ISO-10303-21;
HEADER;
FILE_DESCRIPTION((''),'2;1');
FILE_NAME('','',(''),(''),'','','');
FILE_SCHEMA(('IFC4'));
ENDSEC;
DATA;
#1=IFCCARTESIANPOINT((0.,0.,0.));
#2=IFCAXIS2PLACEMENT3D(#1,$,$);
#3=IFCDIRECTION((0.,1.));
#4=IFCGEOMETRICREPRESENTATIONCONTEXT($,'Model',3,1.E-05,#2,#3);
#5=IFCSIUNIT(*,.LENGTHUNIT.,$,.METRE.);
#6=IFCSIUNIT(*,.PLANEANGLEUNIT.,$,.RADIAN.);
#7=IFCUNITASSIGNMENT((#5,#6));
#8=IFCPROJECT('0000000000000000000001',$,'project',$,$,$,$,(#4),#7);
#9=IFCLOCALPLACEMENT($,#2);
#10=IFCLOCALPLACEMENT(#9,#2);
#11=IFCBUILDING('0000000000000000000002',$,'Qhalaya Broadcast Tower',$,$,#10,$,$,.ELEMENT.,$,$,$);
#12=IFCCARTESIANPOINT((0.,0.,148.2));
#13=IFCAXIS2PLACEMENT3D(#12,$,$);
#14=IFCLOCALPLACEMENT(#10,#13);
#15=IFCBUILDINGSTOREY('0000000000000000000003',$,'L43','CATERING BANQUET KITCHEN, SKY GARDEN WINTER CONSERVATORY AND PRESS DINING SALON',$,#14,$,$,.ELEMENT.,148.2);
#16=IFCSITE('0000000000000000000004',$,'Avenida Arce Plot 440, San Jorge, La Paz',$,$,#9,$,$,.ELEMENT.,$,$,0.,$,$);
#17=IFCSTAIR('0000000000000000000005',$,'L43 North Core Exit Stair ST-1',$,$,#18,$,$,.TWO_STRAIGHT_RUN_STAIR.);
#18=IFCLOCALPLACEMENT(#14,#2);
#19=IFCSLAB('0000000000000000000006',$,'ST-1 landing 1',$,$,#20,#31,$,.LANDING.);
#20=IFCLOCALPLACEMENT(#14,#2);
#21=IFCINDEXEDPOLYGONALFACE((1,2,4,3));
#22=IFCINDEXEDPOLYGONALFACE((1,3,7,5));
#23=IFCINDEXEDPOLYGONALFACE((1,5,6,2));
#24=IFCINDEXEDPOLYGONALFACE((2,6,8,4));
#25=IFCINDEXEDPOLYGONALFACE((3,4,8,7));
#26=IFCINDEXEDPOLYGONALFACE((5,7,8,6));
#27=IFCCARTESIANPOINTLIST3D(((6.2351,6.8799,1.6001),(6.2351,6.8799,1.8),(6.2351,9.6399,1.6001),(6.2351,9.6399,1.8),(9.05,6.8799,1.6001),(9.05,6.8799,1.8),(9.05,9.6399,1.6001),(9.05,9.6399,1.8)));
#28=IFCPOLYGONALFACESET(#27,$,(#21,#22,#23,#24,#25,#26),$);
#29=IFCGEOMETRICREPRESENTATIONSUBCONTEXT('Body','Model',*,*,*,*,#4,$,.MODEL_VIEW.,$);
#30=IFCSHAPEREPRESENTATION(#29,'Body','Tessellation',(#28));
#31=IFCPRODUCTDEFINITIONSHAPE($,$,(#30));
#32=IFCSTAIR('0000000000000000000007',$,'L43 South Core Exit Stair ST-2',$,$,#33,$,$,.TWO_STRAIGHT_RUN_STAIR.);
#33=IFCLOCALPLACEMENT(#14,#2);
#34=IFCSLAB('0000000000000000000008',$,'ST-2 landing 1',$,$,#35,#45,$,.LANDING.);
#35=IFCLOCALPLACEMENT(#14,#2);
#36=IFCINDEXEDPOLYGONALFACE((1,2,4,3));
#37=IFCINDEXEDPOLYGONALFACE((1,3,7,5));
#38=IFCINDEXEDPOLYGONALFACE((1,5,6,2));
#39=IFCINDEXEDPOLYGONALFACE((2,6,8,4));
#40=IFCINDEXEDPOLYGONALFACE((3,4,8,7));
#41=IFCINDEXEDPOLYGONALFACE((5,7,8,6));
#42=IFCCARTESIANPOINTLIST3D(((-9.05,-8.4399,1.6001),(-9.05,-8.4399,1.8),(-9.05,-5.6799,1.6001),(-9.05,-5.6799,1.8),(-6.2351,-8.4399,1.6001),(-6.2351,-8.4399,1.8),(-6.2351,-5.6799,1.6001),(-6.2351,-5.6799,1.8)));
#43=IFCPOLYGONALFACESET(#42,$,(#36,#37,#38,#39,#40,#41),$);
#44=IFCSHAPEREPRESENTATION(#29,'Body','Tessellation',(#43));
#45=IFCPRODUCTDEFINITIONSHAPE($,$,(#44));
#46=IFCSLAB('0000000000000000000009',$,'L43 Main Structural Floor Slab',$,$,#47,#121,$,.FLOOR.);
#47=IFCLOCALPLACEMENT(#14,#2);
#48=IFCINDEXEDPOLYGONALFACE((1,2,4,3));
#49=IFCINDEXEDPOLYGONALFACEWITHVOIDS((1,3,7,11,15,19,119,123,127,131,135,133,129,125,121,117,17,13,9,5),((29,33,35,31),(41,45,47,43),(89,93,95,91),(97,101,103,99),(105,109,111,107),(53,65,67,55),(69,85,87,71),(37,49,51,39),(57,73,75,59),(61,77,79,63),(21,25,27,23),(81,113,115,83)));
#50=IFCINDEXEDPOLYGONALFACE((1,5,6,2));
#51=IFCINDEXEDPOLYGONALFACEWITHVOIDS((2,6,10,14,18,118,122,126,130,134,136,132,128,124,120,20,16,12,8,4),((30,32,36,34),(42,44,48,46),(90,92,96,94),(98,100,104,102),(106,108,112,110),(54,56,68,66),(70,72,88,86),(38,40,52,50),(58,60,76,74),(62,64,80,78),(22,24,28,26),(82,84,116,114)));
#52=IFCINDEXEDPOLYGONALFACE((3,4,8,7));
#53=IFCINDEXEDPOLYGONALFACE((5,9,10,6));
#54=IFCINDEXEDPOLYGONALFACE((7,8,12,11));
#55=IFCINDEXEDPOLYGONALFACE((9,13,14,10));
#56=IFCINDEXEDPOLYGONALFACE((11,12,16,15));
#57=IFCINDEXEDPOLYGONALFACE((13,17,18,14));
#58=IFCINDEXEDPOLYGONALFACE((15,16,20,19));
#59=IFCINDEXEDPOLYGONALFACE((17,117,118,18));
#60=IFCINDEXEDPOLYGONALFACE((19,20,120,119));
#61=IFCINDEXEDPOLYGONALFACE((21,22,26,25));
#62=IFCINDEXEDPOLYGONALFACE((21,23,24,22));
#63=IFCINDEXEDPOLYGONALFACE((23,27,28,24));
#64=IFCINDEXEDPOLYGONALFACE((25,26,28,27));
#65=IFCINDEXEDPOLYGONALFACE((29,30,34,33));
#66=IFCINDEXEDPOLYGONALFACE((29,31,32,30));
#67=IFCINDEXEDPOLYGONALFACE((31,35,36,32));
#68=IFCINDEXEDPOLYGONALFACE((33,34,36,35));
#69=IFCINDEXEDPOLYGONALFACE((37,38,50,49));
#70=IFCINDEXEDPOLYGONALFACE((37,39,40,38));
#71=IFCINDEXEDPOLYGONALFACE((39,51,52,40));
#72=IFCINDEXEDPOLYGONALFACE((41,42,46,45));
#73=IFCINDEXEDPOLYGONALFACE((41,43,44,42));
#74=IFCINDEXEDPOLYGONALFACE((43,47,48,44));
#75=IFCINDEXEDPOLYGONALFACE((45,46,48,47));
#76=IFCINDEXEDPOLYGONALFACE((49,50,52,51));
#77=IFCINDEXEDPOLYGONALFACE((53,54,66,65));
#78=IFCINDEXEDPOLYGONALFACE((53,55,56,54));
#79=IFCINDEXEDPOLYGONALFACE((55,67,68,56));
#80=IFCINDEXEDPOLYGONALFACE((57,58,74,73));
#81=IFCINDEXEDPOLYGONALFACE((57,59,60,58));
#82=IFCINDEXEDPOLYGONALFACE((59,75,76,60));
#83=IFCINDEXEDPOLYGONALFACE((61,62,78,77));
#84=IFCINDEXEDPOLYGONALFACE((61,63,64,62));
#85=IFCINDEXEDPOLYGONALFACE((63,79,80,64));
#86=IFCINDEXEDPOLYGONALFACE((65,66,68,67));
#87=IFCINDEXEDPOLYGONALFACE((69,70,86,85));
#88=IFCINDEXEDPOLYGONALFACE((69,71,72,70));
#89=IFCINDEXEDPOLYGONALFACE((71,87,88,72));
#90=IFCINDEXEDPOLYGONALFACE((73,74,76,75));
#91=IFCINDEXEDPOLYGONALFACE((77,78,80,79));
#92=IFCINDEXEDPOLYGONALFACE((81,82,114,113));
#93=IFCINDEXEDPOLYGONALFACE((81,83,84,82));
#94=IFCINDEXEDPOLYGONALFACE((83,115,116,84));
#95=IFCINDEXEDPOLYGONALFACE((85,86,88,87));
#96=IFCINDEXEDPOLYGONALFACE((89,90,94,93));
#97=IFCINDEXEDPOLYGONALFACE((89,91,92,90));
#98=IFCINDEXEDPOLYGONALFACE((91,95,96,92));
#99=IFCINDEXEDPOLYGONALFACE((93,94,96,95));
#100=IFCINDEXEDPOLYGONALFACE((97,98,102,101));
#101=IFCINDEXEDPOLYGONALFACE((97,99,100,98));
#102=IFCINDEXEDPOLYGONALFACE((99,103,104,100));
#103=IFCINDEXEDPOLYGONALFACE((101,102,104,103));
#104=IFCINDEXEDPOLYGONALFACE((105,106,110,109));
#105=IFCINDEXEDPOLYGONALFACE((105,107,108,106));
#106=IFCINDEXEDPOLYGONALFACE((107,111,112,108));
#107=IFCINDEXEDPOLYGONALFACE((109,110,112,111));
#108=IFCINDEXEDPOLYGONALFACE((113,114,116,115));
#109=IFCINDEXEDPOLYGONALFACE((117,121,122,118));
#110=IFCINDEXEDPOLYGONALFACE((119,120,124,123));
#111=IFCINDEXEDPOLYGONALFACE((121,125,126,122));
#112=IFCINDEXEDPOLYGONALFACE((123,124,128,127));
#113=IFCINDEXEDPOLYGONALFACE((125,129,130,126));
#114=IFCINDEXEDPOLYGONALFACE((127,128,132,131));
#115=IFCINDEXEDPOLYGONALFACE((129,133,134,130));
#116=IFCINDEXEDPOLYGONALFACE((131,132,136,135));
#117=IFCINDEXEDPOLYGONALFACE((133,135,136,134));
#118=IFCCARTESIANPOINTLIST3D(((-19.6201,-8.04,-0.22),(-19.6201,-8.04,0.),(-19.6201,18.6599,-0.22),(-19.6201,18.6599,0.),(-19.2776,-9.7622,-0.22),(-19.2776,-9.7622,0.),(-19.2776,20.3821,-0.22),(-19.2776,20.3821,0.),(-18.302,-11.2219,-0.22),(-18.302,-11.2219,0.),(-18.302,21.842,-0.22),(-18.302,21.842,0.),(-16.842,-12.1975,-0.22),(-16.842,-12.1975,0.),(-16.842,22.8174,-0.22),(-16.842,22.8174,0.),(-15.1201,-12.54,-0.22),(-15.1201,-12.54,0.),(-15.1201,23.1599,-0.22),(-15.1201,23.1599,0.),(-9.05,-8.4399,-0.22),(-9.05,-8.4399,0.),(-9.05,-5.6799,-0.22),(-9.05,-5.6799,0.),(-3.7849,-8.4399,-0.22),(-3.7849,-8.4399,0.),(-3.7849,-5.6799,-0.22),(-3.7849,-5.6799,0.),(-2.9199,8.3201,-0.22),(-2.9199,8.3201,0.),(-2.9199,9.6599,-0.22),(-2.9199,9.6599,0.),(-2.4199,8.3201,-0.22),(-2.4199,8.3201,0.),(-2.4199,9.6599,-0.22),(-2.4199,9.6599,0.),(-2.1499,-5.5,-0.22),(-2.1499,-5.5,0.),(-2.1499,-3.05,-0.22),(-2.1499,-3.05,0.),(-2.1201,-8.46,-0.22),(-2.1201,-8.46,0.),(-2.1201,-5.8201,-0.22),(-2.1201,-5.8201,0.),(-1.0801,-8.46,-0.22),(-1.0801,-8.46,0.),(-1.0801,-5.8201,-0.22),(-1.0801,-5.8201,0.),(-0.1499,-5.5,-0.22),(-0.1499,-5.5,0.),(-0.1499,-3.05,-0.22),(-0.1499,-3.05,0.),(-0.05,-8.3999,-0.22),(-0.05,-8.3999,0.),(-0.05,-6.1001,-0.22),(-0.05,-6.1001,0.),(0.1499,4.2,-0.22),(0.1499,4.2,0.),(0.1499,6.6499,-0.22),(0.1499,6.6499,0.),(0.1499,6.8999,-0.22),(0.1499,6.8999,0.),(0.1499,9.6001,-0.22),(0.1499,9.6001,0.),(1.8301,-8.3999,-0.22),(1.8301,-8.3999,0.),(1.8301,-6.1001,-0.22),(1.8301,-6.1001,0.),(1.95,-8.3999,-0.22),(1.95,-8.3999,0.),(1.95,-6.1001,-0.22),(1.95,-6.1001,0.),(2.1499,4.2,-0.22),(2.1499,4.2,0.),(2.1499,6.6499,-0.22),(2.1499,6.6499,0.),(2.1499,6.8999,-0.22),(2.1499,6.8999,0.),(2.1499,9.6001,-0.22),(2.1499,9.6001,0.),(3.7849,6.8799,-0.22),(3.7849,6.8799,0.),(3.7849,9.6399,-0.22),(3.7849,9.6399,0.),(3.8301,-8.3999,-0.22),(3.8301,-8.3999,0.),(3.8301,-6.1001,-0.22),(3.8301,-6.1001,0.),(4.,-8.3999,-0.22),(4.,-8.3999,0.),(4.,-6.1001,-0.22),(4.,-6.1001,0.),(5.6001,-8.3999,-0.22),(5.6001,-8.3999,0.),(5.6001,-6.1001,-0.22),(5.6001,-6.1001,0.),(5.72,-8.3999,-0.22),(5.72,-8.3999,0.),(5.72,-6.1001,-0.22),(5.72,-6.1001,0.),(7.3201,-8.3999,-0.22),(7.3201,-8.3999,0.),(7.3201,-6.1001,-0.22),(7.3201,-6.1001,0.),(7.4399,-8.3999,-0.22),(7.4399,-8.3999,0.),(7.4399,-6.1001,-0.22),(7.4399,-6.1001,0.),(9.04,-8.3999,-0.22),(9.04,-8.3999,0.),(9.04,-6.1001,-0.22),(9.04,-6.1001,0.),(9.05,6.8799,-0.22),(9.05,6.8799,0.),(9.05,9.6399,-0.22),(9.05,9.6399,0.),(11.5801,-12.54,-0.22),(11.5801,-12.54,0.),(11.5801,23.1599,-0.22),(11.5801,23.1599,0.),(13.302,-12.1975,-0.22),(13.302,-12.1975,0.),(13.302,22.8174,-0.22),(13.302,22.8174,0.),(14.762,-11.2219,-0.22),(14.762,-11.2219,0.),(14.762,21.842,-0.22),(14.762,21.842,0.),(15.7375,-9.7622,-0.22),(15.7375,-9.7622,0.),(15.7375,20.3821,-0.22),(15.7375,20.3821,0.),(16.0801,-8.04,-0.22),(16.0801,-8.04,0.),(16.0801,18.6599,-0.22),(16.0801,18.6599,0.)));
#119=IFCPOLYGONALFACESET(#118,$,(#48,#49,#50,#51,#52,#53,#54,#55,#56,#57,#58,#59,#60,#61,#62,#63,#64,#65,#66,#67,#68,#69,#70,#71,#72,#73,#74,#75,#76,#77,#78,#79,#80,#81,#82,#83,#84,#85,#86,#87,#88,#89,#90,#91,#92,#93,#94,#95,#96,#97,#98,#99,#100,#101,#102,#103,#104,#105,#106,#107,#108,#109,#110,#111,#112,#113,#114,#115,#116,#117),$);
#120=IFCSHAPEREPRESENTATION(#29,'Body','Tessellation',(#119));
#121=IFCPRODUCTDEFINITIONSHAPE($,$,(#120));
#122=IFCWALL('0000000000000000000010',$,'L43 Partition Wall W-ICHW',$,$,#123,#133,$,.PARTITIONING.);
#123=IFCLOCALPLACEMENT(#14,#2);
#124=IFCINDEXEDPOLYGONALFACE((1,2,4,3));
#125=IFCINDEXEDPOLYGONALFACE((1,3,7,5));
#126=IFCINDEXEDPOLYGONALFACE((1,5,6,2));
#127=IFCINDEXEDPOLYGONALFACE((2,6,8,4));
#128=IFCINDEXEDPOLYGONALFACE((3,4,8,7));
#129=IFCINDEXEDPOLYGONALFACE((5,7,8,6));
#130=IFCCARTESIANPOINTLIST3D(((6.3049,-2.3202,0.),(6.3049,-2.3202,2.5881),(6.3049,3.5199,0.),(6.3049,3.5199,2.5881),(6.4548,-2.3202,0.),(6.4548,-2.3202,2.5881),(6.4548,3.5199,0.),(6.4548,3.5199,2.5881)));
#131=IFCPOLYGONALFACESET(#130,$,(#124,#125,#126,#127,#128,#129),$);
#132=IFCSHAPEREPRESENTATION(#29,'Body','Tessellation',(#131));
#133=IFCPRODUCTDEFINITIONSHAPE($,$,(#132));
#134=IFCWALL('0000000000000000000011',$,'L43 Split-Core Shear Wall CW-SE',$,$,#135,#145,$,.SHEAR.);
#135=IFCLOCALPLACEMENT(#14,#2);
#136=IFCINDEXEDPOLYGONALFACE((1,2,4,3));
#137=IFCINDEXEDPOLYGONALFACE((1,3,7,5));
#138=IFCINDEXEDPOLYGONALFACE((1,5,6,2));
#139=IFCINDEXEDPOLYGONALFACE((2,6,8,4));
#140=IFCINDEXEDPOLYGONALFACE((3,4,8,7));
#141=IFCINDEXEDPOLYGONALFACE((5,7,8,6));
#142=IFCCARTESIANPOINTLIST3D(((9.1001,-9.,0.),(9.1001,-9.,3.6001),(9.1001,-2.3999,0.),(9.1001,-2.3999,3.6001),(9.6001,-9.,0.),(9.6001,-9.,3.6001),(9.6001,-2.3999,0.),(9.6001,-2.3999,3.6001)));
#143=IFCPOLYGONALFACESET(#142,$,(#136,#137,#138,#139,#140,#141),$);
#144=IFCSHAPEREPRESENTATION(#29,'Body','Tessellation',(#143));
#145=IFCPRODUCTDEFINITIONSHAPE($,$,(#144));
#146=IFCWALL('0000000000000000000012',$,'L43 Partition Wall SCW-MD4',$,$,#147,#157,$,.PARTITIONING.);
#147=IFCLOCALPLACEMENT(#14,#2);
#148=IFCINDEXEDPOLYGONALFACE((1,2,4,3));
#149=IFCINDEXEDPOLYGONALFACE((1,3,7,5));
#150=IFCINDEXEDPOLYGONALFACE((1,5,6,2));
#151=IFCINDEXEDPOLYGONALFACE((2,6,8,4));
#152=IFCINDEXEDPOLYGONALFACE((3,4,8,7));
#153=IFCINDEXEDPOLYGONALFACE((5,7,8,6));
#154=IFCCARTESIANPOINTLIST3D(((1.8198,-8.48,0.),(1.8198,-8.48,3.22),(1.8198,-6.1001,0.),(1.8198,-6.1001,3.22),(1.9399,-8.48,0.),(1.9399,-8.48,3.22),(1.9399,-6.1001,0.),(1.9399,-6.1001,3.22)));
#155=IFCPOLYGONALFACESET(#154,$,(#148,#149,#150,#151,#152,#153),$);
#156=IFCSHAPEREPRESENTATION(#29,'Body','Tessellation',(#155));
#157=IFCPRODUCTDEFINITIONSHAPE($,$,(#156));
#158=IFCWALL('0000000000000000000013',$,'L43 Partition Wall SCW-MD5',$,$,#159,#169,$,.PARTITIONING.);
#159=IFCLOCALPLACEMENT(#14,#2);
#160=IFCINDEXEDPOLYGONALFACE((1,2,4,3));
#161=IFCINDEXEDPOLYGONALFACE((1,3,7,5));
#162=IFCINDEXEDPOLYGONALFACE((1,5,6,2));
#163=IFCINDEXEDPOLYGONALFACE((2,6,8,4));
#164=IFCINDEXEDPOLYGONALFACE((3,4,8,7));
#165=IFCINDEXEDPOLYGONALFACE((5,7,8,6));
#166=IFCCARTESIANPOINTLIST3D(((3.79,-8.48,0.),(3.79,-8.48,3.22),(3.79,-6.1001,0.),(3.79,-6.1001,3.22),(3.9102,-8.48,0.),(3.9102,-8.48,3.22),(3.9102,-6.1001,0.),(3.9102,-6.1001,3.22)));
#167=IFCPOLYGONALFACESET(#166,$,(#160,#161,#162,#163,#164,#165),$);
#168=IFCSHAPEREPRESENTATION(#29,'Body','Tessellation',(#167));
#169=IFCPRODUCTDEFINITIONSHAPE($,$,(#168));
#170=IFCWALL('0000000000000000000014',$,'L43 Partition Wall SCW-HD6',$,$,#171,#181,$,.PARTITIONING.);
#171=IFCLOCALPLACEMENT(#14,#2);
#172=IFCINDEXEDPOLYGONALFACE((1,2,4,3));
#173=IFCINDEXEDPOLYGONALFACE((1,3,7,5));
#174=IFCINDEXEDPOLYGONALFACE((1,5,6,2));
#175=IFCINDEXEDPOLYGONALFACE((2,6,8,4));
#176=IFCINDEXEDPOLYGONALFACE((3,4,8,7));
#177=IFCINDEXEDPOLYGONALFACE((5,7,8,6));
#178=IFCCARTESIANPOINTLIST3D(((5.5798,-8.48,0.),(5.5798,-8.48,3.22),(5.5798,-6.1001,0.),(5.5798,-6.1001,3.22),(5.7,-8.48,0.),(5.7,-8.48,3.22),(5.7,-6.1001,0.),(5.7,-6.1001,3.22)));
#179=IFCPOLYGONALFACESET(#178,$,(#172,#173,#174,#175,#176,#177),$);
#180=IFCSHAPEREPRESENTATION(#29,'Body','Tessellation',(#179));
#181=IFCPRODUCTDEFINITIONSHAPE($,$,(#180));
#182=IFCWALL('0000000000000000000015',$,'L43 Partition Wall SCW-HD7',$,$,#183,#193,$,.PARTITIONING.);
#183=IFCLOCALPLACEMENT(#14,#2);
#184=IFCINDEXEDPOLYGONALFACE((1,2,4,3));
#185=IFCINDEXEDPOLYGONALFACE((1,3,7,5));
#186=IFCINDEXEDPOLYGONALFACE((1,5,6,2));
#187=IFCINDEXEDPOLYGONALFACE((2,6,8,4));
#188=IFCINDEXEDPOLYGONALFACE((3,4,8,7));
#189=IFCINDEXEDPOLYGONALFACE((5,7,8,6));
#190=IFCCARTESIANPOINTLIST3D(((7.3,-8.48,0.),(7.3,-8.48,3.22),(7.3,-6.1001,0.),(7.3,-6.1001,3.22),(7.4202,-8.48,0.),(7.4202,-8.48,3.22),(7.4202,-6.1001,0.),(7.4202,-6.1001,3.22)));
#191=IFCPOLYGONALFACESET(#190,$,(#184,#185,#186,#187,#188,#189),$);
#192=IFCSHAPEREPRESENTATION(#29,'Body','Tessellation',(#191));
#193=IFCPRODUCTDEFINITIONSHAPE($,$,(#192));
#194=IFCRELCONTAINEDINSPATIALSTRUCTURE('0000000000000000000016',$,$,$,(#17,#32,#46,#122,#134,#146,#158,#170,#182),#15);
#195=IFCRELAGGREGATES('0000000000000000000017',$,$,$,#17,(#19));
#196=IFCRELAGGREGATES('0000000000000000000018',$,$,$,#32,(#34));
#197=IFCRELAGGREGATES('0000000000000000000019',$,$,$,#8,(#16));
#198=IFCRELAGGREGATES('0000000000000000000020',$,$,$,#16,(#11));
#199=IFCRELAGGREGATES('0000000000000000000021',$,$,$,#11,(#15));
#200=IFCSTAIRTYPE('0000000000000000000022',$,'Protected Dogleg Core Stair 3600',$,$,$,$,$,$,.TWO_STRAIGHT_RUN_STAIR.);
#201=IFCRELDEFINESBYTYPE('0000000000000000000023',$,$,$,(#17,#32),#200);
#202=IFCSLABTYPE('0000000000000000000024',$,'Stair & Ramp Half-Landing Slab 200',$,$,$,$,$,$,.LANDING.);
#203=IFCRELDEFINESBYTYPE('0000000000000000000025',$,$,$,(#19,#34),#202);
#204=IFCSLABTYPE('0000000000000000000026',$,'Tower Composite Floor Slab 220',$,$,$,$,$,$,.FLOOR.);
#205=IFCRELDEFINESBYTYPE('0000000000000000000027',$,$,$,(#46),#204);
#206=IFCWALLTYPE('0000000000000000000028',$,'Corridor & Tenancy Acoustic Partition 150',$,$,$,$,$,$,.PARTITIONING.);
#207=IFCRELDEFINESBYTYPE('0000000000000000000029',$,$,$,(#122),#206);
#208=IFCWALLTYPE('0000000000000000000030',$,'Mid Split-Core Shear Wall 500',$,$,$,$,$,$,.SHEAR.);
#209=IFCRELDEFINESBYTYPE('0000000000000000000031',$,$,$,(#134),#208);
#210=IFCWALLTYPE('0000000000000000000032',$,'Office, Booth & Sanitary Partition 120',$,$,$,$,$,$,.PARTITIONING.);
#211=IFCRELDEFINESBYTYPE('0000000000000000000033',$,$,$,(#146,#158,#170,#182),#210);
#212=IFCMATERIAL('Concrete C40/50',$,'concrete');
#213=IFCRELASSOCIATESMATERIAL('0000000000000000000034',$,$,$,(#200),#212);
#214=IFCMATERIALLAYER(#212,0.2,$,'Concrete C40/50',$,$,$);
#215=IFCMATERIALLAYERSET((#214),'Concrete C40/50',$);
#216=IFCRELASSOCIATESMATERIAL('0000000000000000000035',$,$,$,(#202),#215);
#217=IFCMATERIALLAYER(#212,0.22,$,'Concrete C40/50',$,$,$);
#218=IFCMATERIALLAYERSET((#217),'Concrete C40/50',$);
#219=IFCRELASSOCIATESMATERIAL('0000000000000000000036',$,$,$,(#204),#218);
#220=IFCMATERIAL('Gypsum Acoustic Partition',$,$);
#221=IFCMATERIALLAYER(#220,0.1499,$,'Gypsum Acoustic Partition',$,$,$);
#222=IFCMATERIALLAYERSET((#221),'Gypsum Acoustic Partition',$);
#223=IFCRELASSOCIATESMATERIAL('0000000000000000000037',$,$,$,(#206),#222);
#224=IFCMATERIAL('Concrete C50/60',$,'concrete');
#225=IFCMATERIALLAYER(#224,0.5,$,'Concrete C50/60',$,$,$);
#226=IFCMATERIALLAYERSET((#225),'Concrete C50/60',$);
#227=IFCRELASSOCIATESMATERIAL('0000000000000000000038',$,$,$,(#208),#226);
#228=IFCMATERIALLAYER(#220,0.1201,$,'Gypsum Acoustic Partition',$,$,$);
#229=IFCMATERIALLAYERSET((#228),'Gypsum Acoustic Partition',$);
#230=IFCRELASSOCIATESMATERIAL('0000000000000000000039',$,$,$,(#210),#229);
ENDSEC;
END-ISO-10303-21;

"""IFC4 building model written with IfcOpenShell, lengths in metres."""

from ifc_helpers import new_model, si_unit, direction, frame, frame_2d, origin, place, context, subcontext, project, spatial, polyline, rectangle, outline, extrude, material, layer, layer_set, type_object, element, aggregate, save


model = new_model("IFC4")

# Units and contexts
model_context = context("Model", 3, precision=1e-05, world=origin(), true_north=direction((0.0, 1.0)))
body_context = subcontext(model_context, "Body", "Model", "MODEL_VIEW")
ifc_project = project(units=[si_unit("LENGTHUNIT", "METRE"), si_unit("PLANEANGLEUNIT", "RADIAN")], contexts=[model_context])

# Site, building, storey
site_placement = place(None, origin())
site = spatial("IfcSite", under=ifc_project, at=site_placement, Name="Avenida Arce Plot 440, San Jorge, La Paz", CompositionType="ELEMENT", RefElevation=0.0)
building_placement = place(site_placement, origin())
building = spatial("IfcBuilding", under=site, at=building_placement, Name="Qhalaya Broadcast Tower", CompositionType="ELEMENT")
storey_placement = place(building_placement, frame((0.0, 0.0, 148.2)))
storey = spatial("IfcBuildingStorey", under=building, at=storey_placement, Name="L43", Description="CATERING BANQUET KITCHEN, SKY GARDEN WINTER CONSERVATORY AND PRESS DINING SALON", CompositionType="ELEMENT", Elevation=148.2)

# Shared definitions
ifc_material_1 = material(Name="Concrete C50/60", Category="concrete")

# Stairs, slabs
ifc_material_2 = material(Name="Concrete C40/50", Category="concrete")
stair_type = type_object("IfcStairType", Name="Protected Dogleg Core Stair 3600", PredefinedType="TWO_STRAIGHT_RUN_STAIR", material=ifc_material_2)
stair_1_placement = place(storey_placement, origin())
stair_1 = element("IfcStair", 1, at=stair_1_placement, inside=storey, type_object=stair_type, Name="L43 North Core Exit Stair ST-1", PredefinedType="TWO_STRAIGHT_RUN_STAIR")
ifc_layer_1 = layer(ifc_material_2, 0.2, Name="Concrete C40/50")
ifc_layer_set_1 = layer_set([ifc_layer_1], Name="Concrete C40/50")
slab_type_1 = type_object("IfcSlabType", Name="Stair & Ramp Half-Landing Slab 200", PredefinedType="LANDING", material=ifc_layer_set_1)
slab_1_placement = place(storey_placement, frame((0.0, 0.0, 1.6001)))
slab_1 = element("IfcSlab", 2, at=slab_1_placement, type_object=slab_type_1, Name="ST-1 landing 1", PredefinedType="LANDING", context=body_context, shape_type="SweptSolid", body=[
    extrude(outline(polyline([(6.2351, 6.8799), (9.05, 6.8799), (9.05, 9.6399), (6.2351, 9.6399), (6.2351, 6.8799)])), origin(), (0.0, 0.0, 1.0), 0.2),
])
aggregate(stair_1, [slab_1])
stair_2_placement = place(storey_placement, origin())
stair_2 = element("IfcStair", 3, at=stair_2_placement, inside=storey, type_object=stair_type, Name="L43 South Core Exit Stair ST-2", PredefinedType="TWO_STRAIGHT_RUN_STAIR")
slab_2_placement = place(storey_placement, frame((0.0, 0.0, 1.6001)))
slab_2 = element("IfcSlab", 4, at=slab_2_placement, type_object=slab_type_1, Name="ST-2 landing 1", PredefinedType="LANDING", context=body_context, shape_type="SweptSolid", body=[
    extrude(outline(polyline([(-6.2351, -5.6799), (-9.05, -5.6799), (-9.05, -8.4399), (-6.2351, -8.4399), (-6.2351, -5.6799)])), origin(), (0.0, 0.0, 1.0), 0.2),
])
aggregate(stair_2, [slab_2])

# Slab
ifc_layer_2 = layer(ifc_material_2, 0.22, Name="Concrete C40/50")
ifc_layer_set_2 = layer_set([ifc_layer_2], Name="Concrete C40/50")
slab_type_2 = type_object("IfcSlabType", Name="Tower Composite Floor Slab 220", PredefinedType="FLOOR", material=ifc_layer_set_2)
slab_3_placement = place(storey_placement, frame((0.0, 0.0, -0.22)))
element("IfcSlab", 5, at=slab_3_placement, inside=storey, type_object=slab_type_2, Name="L43 Main Structural Floor Slab", PredefinedType="FLOOR", context=body_context, shape_type="SweptSolid", body=[
    extrude(outline(polyline([(11.5801, -12.54), (13.302, -12.1975), (14.762, -11.2219), (15.7375, -9.7622), (16.0801, -8.04), (16.0801, 18.6599), (15.7375, 20.3821), (14.762, 21.842), (13.302, 22.8174), (11.5801, 23.1599), (-15.1201, 23.1599), (-16.842, 22.8174), (-18.302, 21.842), (-19.2776, 20.3821), (-19.6201, 18.6599), (-19.6201, -8.04), (-19.2776, -9.7622), (-18.302, -11.2219), (-16.842, -12.1975), (-15.1201, -12.54), (11.5801, -12.54)]), holes=[polyline([(3.7849, 9.6399), (9.05, 9.6399), (9.05, 6.8799), (3.7849, 6.8799), (3.7849, 9.6399)]), polyline([(-3.7849, -8.4399), (-9.05, -8.4399), (-9.05, -5.6799), (-3.7849, -5.6799), (-3.7849, -8.4399)]), polyline([(0.1499, 6.6499), (2.1499, 6.6499), (2.1499, 4.2), (0.1499, 4.2), (0.1499, 6.6499)]), polyline([(0.1499, 9.6001), (2.1499, 9.6001), (2.1499, 6.8999), (0.1499, 6.8999), (0.1499, 9.6001)]), polyline([(-2.1499, -3.05), (-0.1499, -3.05), (-0.1499, -5.5), (-2.1499, -5.5), (-2.1499, -3.05)]), polyline([(-0.05, -6.1001), (1.8301, -6.1001), (1.8301, -8.3999), (-0.05, -8.3999), (-0.05, -6.1001)]), polyline([(1.95, -6.1001), (3.8301, -6.1001), (3.8301, -8.3999), (1.95, -8.3999), (1.95, -6.1001)]), polyline([(4.0, -6.1001), (5.6001, -6.1001), (5.6001, -8.3999), (4.0, -8.3999), (4.0, -6.1001)]), polyline([(5.72, -6.1001), (7.3201, -6.1001), (7.3201, -8.3999), (5.72, -8.3999), (5.72, -6.1001)]), polyline([(7.4399, -6.1001), (9.04, -6.1001), (9.04, -8.3999), (7.4399, -8.3999), (7.4399, -6.1001)]), polyline([(-2.9199, 9.6599), (-2.4199, 9.6599), (-2.4199, 8.3201), (-2.9199, 8.3201), (-2.9199, 9.6599)]), polyline([(-2.1201, -5.8201), (-1.0801, -5.8201), (-1.0801, -8.46), (-2.1201, -8.46), (-2.1201, -5.8201)])]), origin(), (0.0, 0.0, 1.0), 0.22),
])

# Walls
ifc_material_3 = material(Name="Gypsum Acoustic Partition")
ifc_layer_3 = layer(ifc_material_3, 0.1499, Name="Gypsum Acoustic Partition")
ifc_layer_set_3 = layer_set([ifc_layer_3], Name="Gypsum Acoustic Partition")
wall_type_1 = type_object("IfcWallType", Name="Corridor & Tenancy Acoustic Partition 150", PredefinedType="PARTITIONING", material=ifc_layer_set_3)
wall_1_placement = place(storey_placement, frame((6.3799, -2.3201, 0.0), z_axis=(0.0, 0.0, 1.0), x_axis=(0.0, 1.0, 0.0)))
element("IfcWall", 6, at=wall_1_placement, inside=storey, type_object=wall_type_1, Name="L43 Partition Wall W-ICHW", PredefinedType="PARTITIONING", context=body_context, shape_type="SweptSolid", body=[
    extrude(rectangle(XDim=5.8401, YDim=0.1499, at=frame_2d((2.9199, 0.0))), origin(), (0.0, 0.0, 1.0), 2.5881),
])
ifc_layer_4 = layer(ifc_material_1, 0.5, Name="Concrete C50/60")
ifc_layer_set_4 = layer_set([ifc_layer_4], Name="Concrete C50/60")
wall_type_2 = type_object("IfcWallType", Name="Mid Split-Core Shear Wall 500", PredefinedType="SHEAR", material=ifc_layer_set_4)
wall_2_placement = place(storey_placement, frame((9.3501, -9.0, 0.0), z_axis=(0.0, 0.0, 1.0), x_axis=(0.0, 1.0, 0.0)))
element("IfcWall", 7, at=wall_2_placement, inside=storey, type_object=wall_type_2, Name="L43 Split-Core Shear Wall CW-SE", PredefinedType="SHEAR", context=body_context, shape_type="SweptSolid", body=[
    extrude(rectangle(XDim=6.6001, YDim=0.5, at=frame_2d((3.3, 0.0))), origin(), (0.0, 0.0, 1.0), 3.6001),
])
ifc_layer_5 = layer(ifc_material_3, 0.1201, Name="Gypsum Acoustic Partition")
ifc_layer_set_5 = layer_set([ifc_layer_5], Name="Gypsum Acoustic Partition")
wall_type_3 = type_object("IfcWallType", Name="Office, Booth & Sanitary Partition 120", PredefinedType="PARTITIONING", material=ifc_layer_set_5)
for number, where, z_axis, x_axis, name in (
    (8, (1.8799, -8.48, 0.0), (0.0, 0.0, 1.0), (0.0, 1.0, 0.0), "L43 Partition Wall SCW-MD4"),
    (9, (3.8501, -8.48, 0.0), (0.0, 0.0, 1.0), (0.0, 1.0, 0.0), "L43 Partition Wall SCW-MD5"),
    (10, (5.6399, -8.48, 0.0), (0.0, 0.0, 1.0), (0.0, 1.0, 0.0), "L43 Partition Wall SCW-HD6"),
    (11, (7.3601, -8.48, 0.0), (0.0, 0.0, 1.0), (0.0, 1.0, 0.0), "L43 Partition Wall SCW-HD7"),
):
    element("IfcWall", number, at=place(storey_placement, frame(where, z_axis=z_axis, x_axis=x_axis)), inside=storey, type_object=wall_type_3, Name=name, PredefinedType="PARTITIONING", context=body_context, shape_type="SweptSolid", body=[
        extrude(rectangle(XDim=2.3799, YDim=0.1201, at=frame_2d((1.1899, 0.0))), origin(), (0.0, 0.0, 1.0), 3.22),
    ])

save(model, "model.ifc")
